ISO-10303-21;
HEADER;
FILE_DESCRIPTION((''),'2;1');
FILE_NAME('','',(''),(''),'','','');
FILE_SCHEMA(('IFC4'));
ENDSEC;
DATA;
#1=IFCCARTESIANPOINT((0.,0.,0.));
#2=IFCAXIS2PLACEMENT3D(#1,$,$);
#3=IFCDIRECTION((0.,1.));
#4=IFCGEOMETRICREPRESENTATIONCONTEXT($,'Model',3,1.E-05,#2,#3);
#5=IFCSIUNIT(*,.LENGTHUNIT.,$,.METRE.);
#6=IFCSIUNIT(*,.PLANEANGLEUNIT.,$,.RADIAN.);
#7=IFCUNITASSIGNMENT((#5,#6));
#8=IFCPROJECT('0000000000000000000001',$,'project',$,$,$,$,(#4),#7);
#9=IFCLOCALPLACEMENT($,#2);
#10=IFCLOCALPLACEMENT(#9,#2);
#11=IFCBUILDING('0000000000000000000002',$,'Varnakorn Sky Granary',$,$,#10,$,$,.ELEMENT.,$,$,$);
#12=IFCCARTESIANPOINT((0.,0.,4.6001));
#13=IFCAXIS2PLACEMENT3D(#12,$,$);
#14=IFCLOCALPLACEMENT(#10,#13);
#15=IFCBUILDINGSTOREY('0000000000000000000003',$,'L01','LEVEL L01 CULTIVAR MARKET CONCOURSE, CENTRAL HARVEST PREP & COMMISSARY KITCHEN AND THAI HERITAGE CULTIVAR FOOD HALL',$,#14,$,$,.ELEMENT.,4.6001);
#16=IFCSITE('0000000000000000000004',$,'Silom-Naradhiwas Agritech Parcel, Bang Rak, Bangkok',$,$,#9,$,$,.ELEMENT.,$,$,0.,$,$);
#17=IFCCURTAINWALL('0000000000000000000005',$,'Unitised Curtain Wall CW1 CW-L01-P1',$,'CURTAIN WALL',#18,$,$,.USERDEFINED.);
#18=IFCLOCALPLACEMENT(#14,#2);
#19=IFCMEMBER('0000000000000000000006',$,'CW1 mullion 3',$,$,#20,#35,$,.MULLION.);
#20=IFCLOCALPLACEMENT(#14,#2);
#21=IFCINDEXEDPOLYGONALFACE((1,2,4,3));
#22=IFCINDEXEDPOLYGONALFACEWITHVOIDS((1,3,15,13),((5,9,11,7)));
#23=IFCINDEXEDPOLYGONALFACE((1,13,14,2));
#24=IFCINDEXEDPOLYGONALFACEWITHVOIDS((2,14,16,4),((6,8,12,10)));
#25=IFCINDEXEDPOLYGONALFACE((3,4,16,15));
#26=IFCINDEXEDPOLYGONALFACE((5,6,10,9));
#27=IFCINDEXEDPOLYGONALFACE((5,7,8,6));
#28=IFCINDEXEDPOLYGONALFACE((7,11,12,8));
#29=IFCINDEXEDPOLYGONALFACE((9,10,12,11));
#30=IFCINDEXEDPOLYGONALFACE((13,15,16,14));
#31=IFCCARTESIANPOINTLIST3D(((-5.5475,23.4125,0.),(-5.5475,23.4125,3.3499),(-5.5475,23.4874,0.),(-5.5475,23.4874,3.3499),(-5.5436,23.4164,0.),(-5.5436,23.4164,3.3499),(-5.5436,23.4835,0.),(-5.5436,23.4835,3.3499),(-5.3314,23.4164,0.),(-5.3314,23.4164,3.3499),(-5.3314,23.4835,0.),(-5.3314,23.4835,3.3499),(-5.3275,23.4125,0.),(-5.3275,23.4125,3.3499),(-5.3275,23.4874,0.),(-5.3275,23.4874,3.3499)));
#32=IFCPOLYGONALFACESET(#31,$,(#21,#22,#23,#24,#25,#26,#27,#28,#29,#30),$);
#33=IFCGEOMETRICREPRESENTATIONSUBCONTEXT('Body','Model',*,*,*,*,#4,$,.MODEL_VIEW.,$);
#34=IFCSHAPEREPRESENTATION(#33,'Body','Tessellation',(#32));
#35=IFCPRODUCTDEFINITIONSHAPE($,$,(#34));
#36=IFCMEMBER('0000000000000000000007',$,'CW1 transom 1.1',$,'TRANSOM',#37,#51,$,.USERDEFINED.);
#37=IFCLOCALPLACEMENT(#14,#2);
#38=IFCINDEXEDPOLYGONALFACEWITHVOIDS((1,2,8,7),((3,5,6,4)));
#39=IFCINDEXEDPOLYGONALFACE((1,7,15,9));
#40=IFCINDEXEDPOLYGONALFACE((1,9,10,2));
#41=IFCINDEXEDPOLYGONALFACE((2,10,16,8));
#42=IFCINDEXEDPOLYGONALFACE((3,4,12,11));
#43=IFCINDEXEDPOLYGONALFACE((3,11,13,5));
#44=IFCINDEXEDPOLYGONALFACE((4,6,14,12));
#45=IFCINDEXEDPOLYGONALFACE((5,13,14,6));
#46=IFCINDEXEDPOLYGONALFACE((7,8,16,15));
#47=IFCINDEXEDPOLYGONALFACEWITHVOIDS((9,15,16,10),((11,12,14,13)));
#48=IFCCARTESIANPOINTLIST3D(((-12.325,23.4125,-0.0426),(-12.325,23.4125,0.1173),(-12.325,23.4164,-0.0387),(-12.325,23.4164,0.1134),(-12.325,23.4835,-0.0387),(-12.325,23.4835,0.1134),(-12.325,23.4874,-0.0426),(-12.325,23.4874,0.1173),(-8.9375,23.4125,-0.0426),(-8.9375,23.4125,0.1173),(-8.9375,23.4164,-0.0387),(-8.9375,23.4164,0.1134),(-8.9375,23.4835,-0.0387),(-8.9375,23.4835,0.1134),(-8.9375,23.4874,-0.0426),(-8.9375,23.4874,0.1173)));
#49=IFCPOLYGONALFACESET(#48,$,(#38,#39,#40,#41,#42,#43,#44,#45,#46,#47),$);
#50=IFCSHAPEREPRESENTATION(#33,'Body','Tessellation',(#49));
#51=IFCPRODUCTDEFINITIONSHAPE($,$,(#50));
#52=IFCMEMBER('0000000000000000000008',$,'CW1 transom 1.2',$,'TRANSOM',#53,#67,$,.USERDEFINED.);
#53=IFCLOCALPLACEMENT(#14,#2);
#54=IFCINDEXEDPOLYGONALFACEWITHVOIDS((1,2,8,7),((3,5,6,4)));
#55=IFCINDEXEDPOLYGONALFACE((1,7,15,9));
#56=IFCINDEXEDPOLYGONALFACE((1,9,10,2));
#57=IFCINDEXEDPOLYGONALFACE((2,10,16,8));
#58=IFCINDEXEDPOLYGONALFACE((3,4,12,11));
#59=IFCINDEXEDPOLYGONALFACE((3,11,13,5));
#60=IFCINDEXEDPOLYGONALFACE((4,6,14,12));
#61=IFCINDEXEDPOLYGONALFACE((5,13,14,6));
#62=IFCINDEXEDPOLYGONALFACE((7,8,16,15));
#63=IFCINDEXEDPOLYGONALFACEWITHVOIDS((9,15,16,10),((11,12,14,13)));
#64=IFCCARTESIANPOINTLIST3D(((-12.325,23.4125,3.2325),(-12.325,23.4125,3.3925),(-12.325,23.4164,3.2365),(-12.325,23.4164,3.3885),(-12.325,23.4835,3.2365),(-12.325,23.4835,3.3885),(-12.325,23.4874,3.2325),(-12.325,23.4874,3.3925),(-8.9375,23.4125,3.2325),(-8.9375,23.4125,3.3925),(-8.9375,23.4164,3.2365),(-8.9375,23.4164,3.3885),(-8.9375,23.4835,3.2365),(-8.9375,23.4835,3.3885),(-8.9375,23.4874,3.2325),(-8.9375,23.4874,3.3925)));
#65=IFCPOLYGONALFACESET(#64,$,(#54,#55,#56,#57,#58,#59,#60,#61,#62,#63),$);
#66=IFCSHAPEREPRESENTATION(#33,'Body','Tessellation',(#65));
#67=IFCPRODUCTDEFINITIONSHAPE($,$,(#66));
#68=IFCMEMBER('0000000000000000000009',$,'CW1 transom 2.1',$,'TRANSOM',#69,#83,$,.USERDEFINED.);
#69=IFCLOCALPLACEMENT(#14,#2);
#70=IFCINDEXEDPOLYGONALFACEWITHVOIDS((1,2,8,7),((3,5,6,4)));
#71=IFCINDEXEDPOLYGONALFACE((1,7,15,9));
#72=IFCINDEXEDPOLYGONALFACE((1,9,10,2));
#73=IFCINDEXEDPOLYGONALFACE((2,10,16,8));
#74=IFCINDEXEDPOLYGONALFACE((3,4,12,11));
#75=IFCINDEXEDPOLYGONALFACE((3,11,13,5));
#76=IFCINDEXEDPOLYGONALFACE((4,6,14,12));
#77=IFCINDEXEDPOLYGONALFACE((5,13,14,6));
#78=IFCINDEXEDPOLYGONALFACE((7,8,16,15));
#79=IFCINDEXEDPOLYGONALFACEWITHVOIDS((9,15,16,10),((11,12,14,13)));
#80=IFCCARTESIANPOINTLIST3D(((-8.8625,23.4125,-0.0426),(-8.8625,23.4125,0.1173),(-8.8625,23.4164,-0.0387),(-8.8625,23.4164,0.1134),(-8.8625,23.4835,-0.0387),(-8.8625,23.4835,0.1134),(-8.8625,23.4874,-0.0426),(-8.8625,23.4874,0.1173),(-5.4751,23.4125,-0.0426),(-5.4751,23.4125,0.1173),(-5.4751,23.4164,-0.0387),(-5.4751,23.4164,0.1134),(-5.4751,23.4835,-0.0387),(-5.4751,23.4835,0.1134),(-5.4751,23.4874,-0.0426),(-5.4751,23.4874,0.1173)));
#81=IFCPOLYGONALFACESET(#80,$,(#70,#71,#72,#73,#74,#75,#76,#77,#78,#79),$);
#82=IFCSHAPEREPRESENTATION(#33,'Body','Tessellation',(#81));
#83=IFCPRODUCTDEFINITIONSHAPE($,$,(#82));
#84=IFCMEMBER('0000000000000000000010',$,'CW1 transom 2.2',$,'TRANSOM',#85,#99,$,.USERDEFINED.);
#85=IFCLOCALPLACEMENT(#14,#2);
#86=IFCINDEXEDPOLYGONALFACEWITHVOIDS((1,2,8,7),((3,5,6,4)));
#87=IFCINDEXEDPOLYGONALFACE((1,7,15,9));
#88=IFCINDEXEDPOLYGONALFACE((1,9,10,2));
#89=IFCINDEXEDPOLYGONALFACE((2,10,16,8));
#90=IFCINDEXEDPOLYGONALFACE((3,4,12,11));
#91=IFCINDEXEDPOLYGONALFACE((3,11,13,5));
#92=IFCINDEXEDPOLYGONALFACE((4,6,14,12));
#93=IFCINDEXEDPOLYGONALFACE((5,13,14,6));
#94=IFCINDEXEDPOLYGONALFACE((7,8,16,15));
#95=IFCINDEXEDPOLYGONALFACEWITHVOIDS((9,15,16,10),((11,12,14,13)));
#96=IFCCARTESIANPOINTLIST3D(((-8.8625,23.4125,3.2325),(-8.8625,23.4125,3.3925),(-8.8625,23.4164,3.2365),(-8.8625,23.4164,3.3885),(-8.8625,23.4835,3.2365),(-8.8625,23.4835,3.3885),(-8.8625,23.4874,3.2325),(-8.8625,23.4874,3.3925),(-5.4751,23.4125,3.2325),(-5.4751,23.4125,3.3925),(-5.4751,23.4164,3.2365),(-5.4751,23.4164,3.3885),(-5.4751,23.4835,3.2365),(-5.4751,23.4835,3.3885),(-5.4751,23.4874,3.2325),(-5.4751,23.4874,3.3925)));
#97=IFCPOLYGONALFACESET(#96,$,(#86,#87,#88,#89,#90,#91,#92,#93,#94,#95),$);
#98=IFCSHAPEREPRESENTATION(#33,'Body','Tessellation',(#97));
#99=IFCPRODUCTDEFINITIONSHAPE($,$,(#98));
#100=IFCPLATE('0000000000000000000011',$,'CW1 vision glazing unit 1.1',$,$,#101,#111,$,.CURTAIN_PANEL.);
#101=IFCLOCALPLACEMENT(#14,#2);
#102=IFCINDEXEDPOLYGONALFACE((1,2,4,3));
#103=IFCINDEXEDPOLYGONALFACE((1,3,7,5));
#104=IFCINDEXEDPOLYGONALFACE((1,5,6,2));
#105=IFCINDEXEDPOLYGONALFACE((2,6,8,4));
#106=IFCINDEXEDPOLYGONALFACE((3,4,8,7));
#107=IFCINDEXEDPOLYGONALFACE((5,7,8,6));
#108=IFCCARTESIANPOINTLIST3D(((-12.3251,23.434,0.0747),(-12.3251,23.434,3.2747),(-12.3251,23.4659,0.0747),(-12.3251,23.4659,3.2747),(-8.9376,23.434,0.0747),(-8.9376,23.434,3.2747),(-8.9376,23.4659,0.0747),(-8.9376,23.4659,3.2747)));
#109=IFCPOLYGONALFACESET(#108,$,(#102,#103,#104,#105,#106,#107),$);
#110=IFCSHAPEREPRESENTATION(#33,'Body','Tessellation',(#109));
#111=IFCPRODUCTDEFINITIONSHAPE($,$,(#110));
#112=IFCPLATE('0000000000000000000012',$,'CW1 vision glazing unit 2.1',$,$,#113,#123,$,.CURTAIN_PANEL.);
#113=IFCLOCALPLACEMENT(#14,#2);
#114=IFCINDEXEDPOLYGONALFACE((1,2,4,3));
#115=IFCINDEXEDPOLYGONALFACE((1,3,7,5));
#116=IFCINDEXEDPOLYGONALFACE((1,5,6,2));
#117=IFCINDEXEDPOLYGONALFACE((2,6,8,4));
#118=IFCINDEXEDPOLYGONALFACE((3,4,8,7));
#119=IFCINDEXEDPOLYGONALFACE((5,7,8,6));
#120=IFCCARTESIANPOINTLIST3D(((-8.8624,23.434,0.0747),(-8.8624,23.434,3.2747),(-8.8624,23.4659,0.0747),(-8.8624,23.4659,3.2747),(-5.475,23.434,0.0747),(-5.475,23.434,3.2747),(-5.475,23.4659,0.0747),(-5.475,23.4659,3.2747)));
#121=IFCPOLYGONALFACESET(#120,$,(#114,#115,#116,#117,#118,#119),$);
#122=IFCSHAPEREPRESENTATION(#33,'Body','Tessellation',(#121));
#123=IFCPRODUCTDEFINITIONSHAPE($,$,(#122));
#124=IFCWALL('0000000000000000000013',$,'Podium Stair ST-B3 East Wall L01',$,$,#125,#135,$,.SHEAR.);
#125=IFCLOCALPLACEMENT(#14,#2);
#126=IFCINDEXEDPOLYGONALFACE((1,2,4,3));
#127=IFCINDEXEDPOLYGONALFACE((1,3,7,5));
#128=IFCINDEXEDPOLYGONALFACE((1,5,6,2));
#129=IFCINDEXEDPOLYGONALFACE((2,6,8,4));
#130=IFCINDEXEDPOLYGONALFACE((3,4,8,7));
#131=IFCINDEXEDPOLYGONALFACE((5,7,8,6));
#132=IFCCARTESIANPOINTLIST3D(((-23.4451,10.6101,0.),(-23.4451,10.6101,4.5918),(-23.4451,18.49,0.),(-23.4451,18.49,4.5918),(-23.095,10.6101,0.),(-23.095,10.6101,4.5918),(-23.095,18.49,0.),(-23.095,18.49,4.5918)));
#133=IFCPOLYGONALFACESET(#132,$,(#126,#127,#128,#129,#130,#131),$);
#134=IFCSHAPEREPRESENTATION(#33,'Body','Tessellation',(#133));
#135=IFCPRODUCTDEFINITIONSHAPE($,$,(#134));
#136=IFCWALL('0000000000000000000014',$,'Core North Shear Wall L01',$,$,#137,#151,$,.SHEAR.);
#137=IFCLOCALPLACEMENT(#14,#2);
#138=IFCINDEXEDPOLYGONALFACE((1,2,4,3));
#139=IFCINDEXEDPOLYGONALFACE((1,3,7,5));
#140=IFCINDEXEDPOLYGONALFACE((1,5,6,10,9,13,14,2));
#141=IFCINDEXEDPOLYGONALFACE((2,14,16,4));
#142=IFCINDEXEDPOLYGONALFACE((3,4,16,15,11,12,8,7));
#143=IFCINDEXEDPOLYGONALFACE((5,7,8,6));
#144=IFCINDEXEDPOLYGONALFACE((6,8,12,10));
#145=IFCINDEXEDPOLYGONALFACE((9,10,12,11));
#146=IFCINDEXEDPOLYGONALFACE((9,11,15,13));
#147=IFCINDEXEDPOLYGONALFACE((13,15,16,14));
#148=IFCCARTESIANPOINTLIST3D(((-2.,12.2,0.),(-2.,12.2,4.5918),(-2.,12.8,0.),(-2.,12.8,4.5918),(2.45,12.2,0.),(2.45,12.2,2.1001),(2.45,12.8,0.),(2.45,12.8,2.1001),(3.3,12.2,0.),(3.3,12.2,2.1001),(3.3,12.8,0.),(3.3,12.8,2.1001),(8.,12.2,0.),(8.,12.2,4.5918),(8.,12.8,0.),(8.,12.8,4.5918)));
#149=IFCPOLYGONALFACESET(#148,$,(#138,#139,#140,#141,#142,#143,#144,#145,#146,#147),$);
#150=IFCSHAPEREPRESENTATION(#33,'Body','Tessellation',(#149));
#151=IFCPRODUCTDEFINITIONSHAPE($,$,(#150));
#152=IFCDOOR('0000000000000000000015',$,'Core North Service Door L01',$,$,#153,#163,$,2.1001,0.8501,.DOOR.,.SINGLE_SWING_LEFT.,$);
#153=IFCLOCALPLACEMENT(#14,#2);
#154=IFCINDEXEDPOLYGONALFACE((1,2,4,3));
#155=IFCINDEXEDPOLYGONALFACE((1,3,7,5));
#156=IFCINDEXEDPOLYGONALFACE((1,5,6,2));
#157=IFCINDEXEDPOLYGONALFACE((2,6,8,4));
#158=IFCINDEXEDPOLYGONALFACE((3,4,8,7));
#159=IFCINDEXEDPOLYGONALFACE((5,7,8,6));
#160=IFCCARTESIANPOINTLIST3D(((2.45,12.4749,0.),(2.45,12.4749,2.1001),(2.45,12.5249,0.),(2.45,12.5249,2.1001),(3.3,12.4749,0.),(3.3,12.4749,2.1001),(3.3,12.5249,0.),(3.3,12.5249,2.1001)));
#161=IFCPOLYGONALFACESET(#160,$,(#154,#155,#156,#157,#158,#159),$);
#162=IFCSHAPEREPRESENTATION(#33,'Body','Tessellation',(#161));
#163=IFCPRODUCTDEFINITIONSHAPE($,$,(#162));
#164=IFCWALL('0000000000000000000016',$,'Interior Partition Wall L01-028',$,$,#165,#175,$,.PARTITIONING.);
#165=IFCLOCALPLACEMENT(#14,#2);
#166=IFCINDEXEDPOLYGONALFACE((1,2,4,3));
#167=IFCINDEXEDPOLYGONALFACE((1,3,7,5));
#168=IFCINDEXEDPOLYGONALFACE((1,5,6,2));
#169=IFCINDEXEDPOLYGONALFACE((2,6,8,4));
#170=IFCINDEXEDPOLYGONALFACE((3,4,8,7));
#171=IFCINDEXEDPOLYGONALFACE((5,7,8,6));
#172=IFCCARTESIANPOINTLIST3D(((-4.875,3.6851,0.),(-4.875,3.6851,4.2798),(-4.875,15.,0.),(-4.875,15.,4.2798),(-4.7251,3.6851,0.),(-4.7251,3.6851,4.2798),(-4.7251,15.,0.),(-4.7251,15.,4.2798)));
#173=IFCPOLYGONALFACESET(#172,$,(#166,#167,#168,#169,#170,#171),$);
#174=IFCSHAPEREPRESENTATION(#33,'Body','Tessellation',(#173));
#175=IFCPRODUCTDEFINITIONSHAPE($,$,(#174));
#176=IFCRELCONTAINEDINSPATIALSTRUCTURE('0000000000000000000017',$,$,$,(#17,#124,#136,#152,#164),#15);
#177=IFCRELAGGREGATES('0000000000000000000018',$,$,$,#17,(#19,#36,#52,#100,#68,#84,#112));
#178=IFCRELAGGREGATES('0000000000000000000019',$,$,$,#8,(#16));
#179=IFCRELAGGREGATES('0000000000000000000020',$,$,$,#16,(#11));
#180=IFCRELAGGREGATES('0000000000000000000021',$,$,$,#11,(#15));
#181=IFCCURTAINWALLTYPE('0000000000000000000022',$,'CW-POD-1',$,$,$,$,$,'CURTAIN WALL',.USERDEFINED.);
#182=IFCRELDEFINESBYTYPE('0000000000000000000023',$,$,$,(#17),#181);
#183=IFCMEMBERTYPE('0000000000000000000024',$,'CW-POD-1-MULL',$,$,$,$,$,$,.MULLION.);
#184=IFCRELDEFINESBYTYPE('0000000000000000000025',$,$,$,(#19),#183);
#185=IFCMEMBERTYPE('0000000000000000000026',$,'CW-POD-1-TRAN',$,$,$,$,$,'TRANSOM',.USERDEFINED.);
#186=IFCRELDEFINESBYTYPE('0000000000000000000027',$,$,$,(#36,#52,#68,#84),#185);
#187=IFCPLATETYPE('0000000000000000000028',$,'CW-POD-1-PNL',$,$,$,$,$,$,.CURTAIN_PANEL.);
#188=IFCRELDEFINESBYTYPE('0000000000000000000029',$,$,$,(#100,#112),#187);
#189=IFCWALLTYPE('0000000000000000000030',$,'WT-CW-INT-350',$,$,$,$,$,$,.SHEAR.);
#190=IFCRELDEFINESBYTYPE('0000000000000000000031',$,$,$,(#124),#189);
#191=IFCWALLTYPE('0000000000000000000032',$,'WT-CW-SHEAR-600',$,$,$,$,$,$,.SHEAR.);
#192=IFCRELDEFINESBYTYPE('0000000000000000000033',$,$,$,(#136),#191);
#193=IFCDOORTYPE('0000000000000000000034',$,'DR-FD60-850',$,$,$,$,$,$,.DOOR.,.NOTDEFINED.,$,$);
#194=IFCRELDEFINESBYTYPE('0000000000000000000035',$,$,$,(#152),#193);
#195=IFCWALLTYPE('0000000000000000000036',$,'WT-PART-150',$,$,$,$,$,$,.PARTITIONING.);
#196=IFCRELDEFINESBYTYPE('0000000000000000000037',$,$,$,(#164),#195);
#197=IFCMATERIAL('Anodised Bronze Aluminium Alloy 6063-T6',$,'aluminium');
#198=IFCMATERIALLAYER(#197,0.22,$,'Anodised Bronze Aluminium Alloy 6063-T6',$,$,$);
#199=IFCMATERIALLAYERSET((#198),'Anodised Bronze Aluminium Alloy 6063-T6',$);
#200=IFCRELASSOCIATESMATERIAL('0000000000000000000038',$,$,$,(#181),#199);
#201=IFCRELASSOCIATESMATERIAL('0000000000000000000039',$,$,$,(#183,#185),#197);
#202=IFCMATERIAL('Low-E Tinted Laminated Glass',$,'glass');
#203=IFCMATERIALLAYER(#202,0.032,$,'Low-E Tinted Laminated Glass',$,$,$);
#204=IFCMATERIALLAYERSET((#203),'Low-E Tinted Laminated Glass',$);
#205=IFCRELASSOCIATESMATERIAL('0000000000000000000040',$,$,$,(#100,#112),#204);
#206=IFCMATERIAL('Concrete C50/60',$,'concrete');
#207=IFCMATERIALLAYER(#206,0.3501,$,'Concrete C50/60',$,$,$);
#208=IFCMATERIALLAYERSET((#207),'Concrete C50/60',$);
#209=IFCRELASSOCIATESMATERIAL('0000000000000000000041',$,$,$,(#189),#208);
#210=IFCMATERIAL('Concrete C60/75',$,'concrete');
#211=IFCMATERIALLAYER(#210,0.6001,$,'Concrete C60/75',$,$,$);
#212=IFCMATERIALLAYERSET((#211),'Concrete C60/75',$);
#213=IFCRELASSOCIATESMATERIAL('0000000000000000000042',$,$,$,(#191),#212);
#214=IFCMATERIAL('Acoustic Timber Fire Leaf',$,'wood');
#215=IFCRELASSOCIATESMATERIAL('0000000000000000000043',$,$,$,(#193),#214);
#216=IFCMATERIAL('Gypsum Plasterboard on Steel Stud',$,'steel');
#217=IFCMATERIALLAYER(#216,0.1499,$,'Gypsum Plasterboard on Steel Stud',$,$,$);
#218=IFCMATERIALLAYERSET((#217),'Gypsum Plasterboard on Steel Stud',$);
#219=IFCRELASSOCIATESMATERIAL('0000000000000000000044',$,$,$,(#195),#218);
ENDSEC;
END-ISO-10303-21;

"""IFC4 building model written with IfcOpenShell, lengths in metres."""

from ifc_helpers import new_model, si_unit, direction, frame, frame_2d, origin, origin_2d, place, context, subcontext, project, spatial, rectangle, hollow_rectangle, extrude, source, transform, mapped, material, layer, layer_set, material_profile, profile_set, type_object, type_shapes, element, fill, aggregate, save


model = new_model("IFC4")

# Units and contexts
model_context = context("Model", 3, precision=1e-05, world=origin(), true_north=direction((0.0, 1.0)))
body_context = subcontext(model_context, "Body", "Model", "MODEL_VIEW")
ifc_project = project(units=[si_unit("LENGTHUNIT", "METRE"), si_unit("PLANEANGLEUNIT", "RADIAN")], contexts=[model_context])

# Site, building, storey
site_placement = place(None, origin())
site = spatial("IfcSite", under=ifc_project, at=site_placement, Name="Silom-Naradhiwas Agritech Parcel, Bang Rak, Bangkok", CompositionType="ELEMENT", RefElevation=0.0)
building_placement = place(site_placement, origin())
building = spatial("IfcBuilding", under=site, at=building_placement, Name="Varnakorn Sky Granary", CompositionType="ELEMENT")
storey_placement = place(building_placement, frame((0.0, 0.0, 4.6001)))
storey = spatial("IfcBuildingStorey", under=building, at=storey_placement, Name="L01", Description="LEVEL L01 CULTIVAR MARKET CONCOURSE, CENTRAL HARVEST PREP & COMMISSARY KITCHEN AND THAI HERITAGE CULTIVAR FOOD HALL", CompositionType="ELEMENT", Elevation=4.6001)

# Shared definitions
ifc_material_1 = material(Name="Concrete C60/75", Category="concrete")

# Curtain wall, members, plates
ifc_material_2 = material(Name="Anodised Bronze Aluminium Alloy 6063-T6", Category="aluminium")
ifc_layer_1 = layer(ifc_material_2, 0.22, Name="Anodised Bronze Aluminium Alloy 6063-T6")
ifc_layer_set_1 = layer_set([ifc_layer_1], Name="Anodised Bronze Aluminium Alloy 6063-T6")
curtain_wall_type = type_object("IfcCurtainWallType", Name="CW-POD-1", ElementType="CURTAIN WALL", PredefinedType="USERDEFINED", material=ifc_layer_set_1)
curtain_wall_placement = place(storey_placement, origin())
curtain_wall = element("IfcCurtainWall", 1, at=curtain_wall_placement, inside=storey, type_object=curtain_wall_type, Name="Unitised Curtain Wall CW1 CW-L01-P1", ObjectType="CURTAIN WALL", PredefinedType="USERDEFINED")
ifc_material_profile_1 = material_profile(ifc_material_2, hollow_rectangle(XDim=0.075, YDim=0.22, WallThickness=0.0039, at=origin_2d()), Name="ALU MULL 75x220")
ifc_profile_set_1 = profile_set([ifc_material_profile_1], Name="Anodised Bronze Aluminium Alloy 6063-T6")
member_type_1 = type_object("IfcMemberType", Name="CW-POD-1-MULL", PredefinedType="MULLION", material=ifc_profile_set_1)
member_1_placement = place(storey_placement, frame((-5.4375, 23.45, 0.0), z_axis=(0.0, 0.0, 1.0), x_axis=(0.0, 1.0, 0.0)))
member_1 = element("IfcMember", 2, at=member_1_placement, type_object=member_type_1, Name="CW1 mullion 3", PredefinedType="MULLION", context=body_context, shape_type="SweptSolid", body=[
    extrude(hollow_rectangle(XDim=0.075, YDim=0.22, WallThickness=0.0039, at=origin_2d()), origin(), (0.0, 0.0, 1.0), 3.3499),
])
ifc_material_profile_2 = material_profile(ifc_material_2, hollow_rectangle(XDim=0.075, YDim=0.1599, WallThickness=0.0039, at=origin_2d()), Name="ALU TRAN 75x160")
ifc_profile_set_2 = profile_set([ifc_material_profile_2], Name="Anodised Bronze Aluminium Alloy 6063-T6")
member_type_2 = type_object("IfcMemberType", Name="CW-POD-1-TRAN", ElementType="TRANSOM", PredefinedType="USERDEFINED", material=ifc_profile_set_2)
member_2_placement = place(storey_placement, frame((-12.325, 23.45, 0.0374), z_axis=(1.0, 0.0, 0.0), x_axis=(0.0, 1.0, 0.0)))
member_2 = element("IfcMember", 3, at=member_2_placement, type_object=member_type_2, Name="CW1 transom 1.1", ObjectType="TRANSOM", PredefinedType="USERDEFINED", context=body_context, shape_type="SweptSolid", body=[
    extrude(hollow_rectangle(XDim=0.075, YDim=0.1599, WallThickness=0.0039, at=origin_2d()), origin(), (0.0, 0.0, 1.0), 3.3875),
])
member_3_placement = place(storey_placement, frame((-12.325, 23.45, 3.3125), z_axis=(1.0, 0.0, 0.0), x_axis=(0.0, 1.0, 0.0)))
member_3 = element("IfcMember", 4, at=member_3_placement, type_object=member_type_2, Name="CW1 transom 1.2", ObjectType="TRANSOM", PredefinedType="USERDEFINED", context=body_context, shape_type="SweptSolid", body=[
    extrude(hollow_rectangle(XDim=0.075, YDim=0.1599, WallThickness=0.0039, at=origin_2d()), origin(), (0.0, 0.0, 1.0), 3.3875),
])
member_4_placement = place(storey_placement, frame((-8.8625, 23.45, 0.0374), z_axis=(1.0, 0.0, 0.0), x_axis=(0.0, 1.0, 0.0)))
member_4 = element("IfcMember", 5, at=member_4_placement, type_object=member_type_2, Name="CW1 transom 2.1", ObjectType="TRANSOM", PredefinedType="USERDEFINED", context=body_context, shape_type="SweptSolid", body=[
    extrude(hollow_rectangle(XDim=0.075, YDim=0.1599, WallThickness=0.0039, at=origin_2d()), origin(), (0.0, 0.0, 1.0), 3.3875),
])
member_5_placement = place(storey_placement, frame((-8.8625, 23.45, 3.3125), z_axis=(1.0, 0.0, 0.0), x_axis=(0.0, 1.0, 0.0)))
member_5 = element("IfcMember", 6, at=member_5_placement, type_object=member_type_2, Name="CW1 transom 2.2", ObjectType="TRANSOM", PredefinedType="USERDEFINED", context=body_context, shape_type="SweptSolid", body=[
    extrude(hollow_rectangle(XDim=0.075, YDim=0.1599, WallThickness=0.0039, at=origin_2d()), origin(), (0.0, 0.0, 1.0), 3.3875),
])
ifc_material_3 = material(Name="Low-E Tinted Laminated Glass", Category="glass")
ifc_layer_2 = layer(ifc_material_3, 0.032, Name="Low-E Tinted Laminated Glass")
ifc_layer_set_2 = layer_set([ifc_layer_2], Name="Low-E Tinted Laminated Glass")
plate_type = type_object("IfcPlateType", Name="CW-POD-1-PNL", PredefinedType="CURTAIN_PANEL")
shared_shape = source(origin(), body_context, "Body", "SweptSolid", [
    extrude(rectangle(XDim=3.3875, YDim=0.032, at=origin_2d()), origin(), (0.0, 0.0, 1.0), 3.2),
])
type_shapes(plate_type, [shared_shape])
plate_1_placement = place(storey_placement, frame((-10.6313, 23.45, 0.0747), z_axis=(0.0, 0.0, 1.0), x_axis=(1.0, 0.0, 0.0)))
plate_1 = element("IfcPlate", 7, at=plate_1_placement, type_object=plate_type, material=ifc_layer_set_2, Name="CW1 vision glazing unit 1.1", PredefinedType="CURTAIN_PANEL", context=body_context, shape_type="MappedRepresentation", body=[
    mapped(shared_shape, transform((0.0, 0.0, 0.0), x_axis=(1.0, 0.0, 0.0), y_axis=(0.0, 1.0, 0.0), z_axis=(0.0, 0.0, 1.0), scale=1.0)),
])
plate_2_placement = place(storey_placement, frame((-7.1687, 23.45, 0.0747), z_axis=(0.0, 0.0, 1.0), x_axis=(1.0, 0.0, 0.0)))
plate_2 = element("IfcPlate", 8, at=plate_2_placement, type_object=plate_type, material=ifc_layer_set_2, Name="CW1 vision glazing unit 2.1", PredefinedType="CURTAIN_PANEL", context=body_context, shape_type="MappedRepresentation", body=[
    mapped(shared_shape, transform((0.0, 0.0, 0.0), x_axis=(1.0, 0.0, 0.0), y_axis=(0.0, 1.0, 0.0), z_axis=(0.0, 0.0, 1.0), scale=1.0)),
])
aggregate(curtain_wall, [member_1, member_2, member_3, plate_1, member_4, member_5, plate_2])

# Wall
ifc_material_4 = material(Name="Concrete C50/60", Category="concrete")
ifc_layer_3 = layer(ifc_material_4, 0.3501, Name="Concrete C50/60")
ifc_layer_set_3 = layer_set([ifc_layer_3], Name="Concrete C50/60")
wall_type_1 = type_object("IfcWallType", Name="WT-CW-INT-350", PredefinedType="SHEAR", material=ifc_layer_set_3)
wall_1_placement = place(storey_placement, frame((-23.27, 10.6101, 0.0), z_axis=(0.0, 0.0, 1.0), x_axis=(0.0, 1.0, 0.0)))
element("IfcWall", 9, at=wall_1_placement, inside=storey, type_object=wall_type_1, Name="Podium Stair ST-B3 East Wall L01", PredefinedType="SHEAR", context=body_context, shape_type="SweptSolid", body=[
    extrude(rectangle(XDim=7.8799, YDim=0.3501, at=frame_2d((3.9399, 0.0))), origin(), (0.0, 0.0, 1.0), 4.5918),
])

# Wall, opening, door
ifc_layer_4 = layer(ifc_material_1, 0.6001, Name="Concrete C60/75")
ifc_layer_set_4 = layer_set([ifc_layer_4], Name="Concrete C60/75")
wall_type_2 = type_object("IfcWallType", Name="WT-CW-SHEAR-600", PredefinedType="SHEAR", material=ifc_layer_set_4)
wall_2_placement = place(storey_placement, frame((-2.0, 12.5, 0.0), z_axis=(0.0, 0.0, 1.0), x_axis=(1.0, 0.0, 0.0)))
wall_2 = element("IfcWall", 10, at=wall_2_placement, inside=storey, type_object=wall_type_2, Name="Core North Shear Wall L01", PredefinedType="SHEAR", context=body_context, shape_type="SweptSolid", body=[
    extrude(rectangle(XDim=10.0, YDim=0.6001, at=frame_2d((5.0, 0.0))), origin(), (0.0, 0.0, 1.0), 4.5918),
])
opening_placement = place(wall_2_placement, frame((4.45, 0.0, 0.0)))
opening = element("IfcOpeningElement", 11, at=opening_placement, cuts=wall_2, PredefinedType="OPENING", context=body_context, shape_type="SweptSolid", body=[
    extrude(rectangle(XDim=0.8501, YDim=2.1001, at=frame_2d((0.425, 1.05))), frame((0.0, 0.3101, 0.0), z_axis=(0.0, -1.0, 0.0), x_axis=(1.0, 0.0, 0.0)), (0.0, 0.0, 1.0), 0.6201),
])
ifc_material_5 = material(Name="Acoustic Timber Fire Leaf", Category="wood")
door_type = type_object("IfcDoorType", Name="DR-FD60-850", OperationType="NOTDEFINED", PredefinedType="DOOR", material=ifc_material_5)
door_placement = place(opening_placement, origin())
door = element("IfcDoor", 12, at=door_placement, inside=storey, type_object=door_type, Name="Core North Service Door L01", OperationType="SINGLE_SWING_LEFT", OverallHeight=2.1001, OverallWidth=0.8501, PredefinedType="DOOR", context=body_context, shape_type="SweptSolid", body=[
    extrude(rectangle(XDim=0.8501, YDim=2.1001, at=frame_2d((0.425, 1.05))), frame((0.0, 0.0249, 0.0), z_axis=(0.0, -1.0, 0.0), x_axis=(1.0, 0.0, 0.0)), (0.0, 0.0, 1.0), 0.05),
])
fill(opening, door)

# Wall
ifc_material_6 = material(Name="Gypsum Plasterboard on Steel Stud", Category="steel")
ifc_layer_5 = layer(ifc_material_6, 0.1499, Name="Gypsum Plasterboard on Steel Stud")
ifc_layer_set_5 = layer_set([ifc_layer_5], Name="Gypsum Plasterboard on Steel Stud")
wall_type_3 = type_object("IfcWallType", Name="WT-PART-150", PredefinedType="PARTITIONING", material=ifc_layer_set_5)
wall_3_placement = place(storey_placement, frame((-4.8, 15.0, 0.0), z_axis=(0.0, 0.0, 1.0), x_axis=(0.0, -1.0, 0.0)))
element("IfcWall", 13, at=wall_3_placement, inside=storey, type_object=wall_type_3, Name="Interior Partition Wall L01-028", PredefinedType="PARTITIONING", context=body_context, shape_type="SweptSolid", body=[
    extrude(rectangle(XDim=11.3149, YDim=0.1499, at=frame_2d((5.6575, 0.0))), origin(), (0.0, 0.0, 1.0), 4.2798),
])

save(model, "model.ifc")
